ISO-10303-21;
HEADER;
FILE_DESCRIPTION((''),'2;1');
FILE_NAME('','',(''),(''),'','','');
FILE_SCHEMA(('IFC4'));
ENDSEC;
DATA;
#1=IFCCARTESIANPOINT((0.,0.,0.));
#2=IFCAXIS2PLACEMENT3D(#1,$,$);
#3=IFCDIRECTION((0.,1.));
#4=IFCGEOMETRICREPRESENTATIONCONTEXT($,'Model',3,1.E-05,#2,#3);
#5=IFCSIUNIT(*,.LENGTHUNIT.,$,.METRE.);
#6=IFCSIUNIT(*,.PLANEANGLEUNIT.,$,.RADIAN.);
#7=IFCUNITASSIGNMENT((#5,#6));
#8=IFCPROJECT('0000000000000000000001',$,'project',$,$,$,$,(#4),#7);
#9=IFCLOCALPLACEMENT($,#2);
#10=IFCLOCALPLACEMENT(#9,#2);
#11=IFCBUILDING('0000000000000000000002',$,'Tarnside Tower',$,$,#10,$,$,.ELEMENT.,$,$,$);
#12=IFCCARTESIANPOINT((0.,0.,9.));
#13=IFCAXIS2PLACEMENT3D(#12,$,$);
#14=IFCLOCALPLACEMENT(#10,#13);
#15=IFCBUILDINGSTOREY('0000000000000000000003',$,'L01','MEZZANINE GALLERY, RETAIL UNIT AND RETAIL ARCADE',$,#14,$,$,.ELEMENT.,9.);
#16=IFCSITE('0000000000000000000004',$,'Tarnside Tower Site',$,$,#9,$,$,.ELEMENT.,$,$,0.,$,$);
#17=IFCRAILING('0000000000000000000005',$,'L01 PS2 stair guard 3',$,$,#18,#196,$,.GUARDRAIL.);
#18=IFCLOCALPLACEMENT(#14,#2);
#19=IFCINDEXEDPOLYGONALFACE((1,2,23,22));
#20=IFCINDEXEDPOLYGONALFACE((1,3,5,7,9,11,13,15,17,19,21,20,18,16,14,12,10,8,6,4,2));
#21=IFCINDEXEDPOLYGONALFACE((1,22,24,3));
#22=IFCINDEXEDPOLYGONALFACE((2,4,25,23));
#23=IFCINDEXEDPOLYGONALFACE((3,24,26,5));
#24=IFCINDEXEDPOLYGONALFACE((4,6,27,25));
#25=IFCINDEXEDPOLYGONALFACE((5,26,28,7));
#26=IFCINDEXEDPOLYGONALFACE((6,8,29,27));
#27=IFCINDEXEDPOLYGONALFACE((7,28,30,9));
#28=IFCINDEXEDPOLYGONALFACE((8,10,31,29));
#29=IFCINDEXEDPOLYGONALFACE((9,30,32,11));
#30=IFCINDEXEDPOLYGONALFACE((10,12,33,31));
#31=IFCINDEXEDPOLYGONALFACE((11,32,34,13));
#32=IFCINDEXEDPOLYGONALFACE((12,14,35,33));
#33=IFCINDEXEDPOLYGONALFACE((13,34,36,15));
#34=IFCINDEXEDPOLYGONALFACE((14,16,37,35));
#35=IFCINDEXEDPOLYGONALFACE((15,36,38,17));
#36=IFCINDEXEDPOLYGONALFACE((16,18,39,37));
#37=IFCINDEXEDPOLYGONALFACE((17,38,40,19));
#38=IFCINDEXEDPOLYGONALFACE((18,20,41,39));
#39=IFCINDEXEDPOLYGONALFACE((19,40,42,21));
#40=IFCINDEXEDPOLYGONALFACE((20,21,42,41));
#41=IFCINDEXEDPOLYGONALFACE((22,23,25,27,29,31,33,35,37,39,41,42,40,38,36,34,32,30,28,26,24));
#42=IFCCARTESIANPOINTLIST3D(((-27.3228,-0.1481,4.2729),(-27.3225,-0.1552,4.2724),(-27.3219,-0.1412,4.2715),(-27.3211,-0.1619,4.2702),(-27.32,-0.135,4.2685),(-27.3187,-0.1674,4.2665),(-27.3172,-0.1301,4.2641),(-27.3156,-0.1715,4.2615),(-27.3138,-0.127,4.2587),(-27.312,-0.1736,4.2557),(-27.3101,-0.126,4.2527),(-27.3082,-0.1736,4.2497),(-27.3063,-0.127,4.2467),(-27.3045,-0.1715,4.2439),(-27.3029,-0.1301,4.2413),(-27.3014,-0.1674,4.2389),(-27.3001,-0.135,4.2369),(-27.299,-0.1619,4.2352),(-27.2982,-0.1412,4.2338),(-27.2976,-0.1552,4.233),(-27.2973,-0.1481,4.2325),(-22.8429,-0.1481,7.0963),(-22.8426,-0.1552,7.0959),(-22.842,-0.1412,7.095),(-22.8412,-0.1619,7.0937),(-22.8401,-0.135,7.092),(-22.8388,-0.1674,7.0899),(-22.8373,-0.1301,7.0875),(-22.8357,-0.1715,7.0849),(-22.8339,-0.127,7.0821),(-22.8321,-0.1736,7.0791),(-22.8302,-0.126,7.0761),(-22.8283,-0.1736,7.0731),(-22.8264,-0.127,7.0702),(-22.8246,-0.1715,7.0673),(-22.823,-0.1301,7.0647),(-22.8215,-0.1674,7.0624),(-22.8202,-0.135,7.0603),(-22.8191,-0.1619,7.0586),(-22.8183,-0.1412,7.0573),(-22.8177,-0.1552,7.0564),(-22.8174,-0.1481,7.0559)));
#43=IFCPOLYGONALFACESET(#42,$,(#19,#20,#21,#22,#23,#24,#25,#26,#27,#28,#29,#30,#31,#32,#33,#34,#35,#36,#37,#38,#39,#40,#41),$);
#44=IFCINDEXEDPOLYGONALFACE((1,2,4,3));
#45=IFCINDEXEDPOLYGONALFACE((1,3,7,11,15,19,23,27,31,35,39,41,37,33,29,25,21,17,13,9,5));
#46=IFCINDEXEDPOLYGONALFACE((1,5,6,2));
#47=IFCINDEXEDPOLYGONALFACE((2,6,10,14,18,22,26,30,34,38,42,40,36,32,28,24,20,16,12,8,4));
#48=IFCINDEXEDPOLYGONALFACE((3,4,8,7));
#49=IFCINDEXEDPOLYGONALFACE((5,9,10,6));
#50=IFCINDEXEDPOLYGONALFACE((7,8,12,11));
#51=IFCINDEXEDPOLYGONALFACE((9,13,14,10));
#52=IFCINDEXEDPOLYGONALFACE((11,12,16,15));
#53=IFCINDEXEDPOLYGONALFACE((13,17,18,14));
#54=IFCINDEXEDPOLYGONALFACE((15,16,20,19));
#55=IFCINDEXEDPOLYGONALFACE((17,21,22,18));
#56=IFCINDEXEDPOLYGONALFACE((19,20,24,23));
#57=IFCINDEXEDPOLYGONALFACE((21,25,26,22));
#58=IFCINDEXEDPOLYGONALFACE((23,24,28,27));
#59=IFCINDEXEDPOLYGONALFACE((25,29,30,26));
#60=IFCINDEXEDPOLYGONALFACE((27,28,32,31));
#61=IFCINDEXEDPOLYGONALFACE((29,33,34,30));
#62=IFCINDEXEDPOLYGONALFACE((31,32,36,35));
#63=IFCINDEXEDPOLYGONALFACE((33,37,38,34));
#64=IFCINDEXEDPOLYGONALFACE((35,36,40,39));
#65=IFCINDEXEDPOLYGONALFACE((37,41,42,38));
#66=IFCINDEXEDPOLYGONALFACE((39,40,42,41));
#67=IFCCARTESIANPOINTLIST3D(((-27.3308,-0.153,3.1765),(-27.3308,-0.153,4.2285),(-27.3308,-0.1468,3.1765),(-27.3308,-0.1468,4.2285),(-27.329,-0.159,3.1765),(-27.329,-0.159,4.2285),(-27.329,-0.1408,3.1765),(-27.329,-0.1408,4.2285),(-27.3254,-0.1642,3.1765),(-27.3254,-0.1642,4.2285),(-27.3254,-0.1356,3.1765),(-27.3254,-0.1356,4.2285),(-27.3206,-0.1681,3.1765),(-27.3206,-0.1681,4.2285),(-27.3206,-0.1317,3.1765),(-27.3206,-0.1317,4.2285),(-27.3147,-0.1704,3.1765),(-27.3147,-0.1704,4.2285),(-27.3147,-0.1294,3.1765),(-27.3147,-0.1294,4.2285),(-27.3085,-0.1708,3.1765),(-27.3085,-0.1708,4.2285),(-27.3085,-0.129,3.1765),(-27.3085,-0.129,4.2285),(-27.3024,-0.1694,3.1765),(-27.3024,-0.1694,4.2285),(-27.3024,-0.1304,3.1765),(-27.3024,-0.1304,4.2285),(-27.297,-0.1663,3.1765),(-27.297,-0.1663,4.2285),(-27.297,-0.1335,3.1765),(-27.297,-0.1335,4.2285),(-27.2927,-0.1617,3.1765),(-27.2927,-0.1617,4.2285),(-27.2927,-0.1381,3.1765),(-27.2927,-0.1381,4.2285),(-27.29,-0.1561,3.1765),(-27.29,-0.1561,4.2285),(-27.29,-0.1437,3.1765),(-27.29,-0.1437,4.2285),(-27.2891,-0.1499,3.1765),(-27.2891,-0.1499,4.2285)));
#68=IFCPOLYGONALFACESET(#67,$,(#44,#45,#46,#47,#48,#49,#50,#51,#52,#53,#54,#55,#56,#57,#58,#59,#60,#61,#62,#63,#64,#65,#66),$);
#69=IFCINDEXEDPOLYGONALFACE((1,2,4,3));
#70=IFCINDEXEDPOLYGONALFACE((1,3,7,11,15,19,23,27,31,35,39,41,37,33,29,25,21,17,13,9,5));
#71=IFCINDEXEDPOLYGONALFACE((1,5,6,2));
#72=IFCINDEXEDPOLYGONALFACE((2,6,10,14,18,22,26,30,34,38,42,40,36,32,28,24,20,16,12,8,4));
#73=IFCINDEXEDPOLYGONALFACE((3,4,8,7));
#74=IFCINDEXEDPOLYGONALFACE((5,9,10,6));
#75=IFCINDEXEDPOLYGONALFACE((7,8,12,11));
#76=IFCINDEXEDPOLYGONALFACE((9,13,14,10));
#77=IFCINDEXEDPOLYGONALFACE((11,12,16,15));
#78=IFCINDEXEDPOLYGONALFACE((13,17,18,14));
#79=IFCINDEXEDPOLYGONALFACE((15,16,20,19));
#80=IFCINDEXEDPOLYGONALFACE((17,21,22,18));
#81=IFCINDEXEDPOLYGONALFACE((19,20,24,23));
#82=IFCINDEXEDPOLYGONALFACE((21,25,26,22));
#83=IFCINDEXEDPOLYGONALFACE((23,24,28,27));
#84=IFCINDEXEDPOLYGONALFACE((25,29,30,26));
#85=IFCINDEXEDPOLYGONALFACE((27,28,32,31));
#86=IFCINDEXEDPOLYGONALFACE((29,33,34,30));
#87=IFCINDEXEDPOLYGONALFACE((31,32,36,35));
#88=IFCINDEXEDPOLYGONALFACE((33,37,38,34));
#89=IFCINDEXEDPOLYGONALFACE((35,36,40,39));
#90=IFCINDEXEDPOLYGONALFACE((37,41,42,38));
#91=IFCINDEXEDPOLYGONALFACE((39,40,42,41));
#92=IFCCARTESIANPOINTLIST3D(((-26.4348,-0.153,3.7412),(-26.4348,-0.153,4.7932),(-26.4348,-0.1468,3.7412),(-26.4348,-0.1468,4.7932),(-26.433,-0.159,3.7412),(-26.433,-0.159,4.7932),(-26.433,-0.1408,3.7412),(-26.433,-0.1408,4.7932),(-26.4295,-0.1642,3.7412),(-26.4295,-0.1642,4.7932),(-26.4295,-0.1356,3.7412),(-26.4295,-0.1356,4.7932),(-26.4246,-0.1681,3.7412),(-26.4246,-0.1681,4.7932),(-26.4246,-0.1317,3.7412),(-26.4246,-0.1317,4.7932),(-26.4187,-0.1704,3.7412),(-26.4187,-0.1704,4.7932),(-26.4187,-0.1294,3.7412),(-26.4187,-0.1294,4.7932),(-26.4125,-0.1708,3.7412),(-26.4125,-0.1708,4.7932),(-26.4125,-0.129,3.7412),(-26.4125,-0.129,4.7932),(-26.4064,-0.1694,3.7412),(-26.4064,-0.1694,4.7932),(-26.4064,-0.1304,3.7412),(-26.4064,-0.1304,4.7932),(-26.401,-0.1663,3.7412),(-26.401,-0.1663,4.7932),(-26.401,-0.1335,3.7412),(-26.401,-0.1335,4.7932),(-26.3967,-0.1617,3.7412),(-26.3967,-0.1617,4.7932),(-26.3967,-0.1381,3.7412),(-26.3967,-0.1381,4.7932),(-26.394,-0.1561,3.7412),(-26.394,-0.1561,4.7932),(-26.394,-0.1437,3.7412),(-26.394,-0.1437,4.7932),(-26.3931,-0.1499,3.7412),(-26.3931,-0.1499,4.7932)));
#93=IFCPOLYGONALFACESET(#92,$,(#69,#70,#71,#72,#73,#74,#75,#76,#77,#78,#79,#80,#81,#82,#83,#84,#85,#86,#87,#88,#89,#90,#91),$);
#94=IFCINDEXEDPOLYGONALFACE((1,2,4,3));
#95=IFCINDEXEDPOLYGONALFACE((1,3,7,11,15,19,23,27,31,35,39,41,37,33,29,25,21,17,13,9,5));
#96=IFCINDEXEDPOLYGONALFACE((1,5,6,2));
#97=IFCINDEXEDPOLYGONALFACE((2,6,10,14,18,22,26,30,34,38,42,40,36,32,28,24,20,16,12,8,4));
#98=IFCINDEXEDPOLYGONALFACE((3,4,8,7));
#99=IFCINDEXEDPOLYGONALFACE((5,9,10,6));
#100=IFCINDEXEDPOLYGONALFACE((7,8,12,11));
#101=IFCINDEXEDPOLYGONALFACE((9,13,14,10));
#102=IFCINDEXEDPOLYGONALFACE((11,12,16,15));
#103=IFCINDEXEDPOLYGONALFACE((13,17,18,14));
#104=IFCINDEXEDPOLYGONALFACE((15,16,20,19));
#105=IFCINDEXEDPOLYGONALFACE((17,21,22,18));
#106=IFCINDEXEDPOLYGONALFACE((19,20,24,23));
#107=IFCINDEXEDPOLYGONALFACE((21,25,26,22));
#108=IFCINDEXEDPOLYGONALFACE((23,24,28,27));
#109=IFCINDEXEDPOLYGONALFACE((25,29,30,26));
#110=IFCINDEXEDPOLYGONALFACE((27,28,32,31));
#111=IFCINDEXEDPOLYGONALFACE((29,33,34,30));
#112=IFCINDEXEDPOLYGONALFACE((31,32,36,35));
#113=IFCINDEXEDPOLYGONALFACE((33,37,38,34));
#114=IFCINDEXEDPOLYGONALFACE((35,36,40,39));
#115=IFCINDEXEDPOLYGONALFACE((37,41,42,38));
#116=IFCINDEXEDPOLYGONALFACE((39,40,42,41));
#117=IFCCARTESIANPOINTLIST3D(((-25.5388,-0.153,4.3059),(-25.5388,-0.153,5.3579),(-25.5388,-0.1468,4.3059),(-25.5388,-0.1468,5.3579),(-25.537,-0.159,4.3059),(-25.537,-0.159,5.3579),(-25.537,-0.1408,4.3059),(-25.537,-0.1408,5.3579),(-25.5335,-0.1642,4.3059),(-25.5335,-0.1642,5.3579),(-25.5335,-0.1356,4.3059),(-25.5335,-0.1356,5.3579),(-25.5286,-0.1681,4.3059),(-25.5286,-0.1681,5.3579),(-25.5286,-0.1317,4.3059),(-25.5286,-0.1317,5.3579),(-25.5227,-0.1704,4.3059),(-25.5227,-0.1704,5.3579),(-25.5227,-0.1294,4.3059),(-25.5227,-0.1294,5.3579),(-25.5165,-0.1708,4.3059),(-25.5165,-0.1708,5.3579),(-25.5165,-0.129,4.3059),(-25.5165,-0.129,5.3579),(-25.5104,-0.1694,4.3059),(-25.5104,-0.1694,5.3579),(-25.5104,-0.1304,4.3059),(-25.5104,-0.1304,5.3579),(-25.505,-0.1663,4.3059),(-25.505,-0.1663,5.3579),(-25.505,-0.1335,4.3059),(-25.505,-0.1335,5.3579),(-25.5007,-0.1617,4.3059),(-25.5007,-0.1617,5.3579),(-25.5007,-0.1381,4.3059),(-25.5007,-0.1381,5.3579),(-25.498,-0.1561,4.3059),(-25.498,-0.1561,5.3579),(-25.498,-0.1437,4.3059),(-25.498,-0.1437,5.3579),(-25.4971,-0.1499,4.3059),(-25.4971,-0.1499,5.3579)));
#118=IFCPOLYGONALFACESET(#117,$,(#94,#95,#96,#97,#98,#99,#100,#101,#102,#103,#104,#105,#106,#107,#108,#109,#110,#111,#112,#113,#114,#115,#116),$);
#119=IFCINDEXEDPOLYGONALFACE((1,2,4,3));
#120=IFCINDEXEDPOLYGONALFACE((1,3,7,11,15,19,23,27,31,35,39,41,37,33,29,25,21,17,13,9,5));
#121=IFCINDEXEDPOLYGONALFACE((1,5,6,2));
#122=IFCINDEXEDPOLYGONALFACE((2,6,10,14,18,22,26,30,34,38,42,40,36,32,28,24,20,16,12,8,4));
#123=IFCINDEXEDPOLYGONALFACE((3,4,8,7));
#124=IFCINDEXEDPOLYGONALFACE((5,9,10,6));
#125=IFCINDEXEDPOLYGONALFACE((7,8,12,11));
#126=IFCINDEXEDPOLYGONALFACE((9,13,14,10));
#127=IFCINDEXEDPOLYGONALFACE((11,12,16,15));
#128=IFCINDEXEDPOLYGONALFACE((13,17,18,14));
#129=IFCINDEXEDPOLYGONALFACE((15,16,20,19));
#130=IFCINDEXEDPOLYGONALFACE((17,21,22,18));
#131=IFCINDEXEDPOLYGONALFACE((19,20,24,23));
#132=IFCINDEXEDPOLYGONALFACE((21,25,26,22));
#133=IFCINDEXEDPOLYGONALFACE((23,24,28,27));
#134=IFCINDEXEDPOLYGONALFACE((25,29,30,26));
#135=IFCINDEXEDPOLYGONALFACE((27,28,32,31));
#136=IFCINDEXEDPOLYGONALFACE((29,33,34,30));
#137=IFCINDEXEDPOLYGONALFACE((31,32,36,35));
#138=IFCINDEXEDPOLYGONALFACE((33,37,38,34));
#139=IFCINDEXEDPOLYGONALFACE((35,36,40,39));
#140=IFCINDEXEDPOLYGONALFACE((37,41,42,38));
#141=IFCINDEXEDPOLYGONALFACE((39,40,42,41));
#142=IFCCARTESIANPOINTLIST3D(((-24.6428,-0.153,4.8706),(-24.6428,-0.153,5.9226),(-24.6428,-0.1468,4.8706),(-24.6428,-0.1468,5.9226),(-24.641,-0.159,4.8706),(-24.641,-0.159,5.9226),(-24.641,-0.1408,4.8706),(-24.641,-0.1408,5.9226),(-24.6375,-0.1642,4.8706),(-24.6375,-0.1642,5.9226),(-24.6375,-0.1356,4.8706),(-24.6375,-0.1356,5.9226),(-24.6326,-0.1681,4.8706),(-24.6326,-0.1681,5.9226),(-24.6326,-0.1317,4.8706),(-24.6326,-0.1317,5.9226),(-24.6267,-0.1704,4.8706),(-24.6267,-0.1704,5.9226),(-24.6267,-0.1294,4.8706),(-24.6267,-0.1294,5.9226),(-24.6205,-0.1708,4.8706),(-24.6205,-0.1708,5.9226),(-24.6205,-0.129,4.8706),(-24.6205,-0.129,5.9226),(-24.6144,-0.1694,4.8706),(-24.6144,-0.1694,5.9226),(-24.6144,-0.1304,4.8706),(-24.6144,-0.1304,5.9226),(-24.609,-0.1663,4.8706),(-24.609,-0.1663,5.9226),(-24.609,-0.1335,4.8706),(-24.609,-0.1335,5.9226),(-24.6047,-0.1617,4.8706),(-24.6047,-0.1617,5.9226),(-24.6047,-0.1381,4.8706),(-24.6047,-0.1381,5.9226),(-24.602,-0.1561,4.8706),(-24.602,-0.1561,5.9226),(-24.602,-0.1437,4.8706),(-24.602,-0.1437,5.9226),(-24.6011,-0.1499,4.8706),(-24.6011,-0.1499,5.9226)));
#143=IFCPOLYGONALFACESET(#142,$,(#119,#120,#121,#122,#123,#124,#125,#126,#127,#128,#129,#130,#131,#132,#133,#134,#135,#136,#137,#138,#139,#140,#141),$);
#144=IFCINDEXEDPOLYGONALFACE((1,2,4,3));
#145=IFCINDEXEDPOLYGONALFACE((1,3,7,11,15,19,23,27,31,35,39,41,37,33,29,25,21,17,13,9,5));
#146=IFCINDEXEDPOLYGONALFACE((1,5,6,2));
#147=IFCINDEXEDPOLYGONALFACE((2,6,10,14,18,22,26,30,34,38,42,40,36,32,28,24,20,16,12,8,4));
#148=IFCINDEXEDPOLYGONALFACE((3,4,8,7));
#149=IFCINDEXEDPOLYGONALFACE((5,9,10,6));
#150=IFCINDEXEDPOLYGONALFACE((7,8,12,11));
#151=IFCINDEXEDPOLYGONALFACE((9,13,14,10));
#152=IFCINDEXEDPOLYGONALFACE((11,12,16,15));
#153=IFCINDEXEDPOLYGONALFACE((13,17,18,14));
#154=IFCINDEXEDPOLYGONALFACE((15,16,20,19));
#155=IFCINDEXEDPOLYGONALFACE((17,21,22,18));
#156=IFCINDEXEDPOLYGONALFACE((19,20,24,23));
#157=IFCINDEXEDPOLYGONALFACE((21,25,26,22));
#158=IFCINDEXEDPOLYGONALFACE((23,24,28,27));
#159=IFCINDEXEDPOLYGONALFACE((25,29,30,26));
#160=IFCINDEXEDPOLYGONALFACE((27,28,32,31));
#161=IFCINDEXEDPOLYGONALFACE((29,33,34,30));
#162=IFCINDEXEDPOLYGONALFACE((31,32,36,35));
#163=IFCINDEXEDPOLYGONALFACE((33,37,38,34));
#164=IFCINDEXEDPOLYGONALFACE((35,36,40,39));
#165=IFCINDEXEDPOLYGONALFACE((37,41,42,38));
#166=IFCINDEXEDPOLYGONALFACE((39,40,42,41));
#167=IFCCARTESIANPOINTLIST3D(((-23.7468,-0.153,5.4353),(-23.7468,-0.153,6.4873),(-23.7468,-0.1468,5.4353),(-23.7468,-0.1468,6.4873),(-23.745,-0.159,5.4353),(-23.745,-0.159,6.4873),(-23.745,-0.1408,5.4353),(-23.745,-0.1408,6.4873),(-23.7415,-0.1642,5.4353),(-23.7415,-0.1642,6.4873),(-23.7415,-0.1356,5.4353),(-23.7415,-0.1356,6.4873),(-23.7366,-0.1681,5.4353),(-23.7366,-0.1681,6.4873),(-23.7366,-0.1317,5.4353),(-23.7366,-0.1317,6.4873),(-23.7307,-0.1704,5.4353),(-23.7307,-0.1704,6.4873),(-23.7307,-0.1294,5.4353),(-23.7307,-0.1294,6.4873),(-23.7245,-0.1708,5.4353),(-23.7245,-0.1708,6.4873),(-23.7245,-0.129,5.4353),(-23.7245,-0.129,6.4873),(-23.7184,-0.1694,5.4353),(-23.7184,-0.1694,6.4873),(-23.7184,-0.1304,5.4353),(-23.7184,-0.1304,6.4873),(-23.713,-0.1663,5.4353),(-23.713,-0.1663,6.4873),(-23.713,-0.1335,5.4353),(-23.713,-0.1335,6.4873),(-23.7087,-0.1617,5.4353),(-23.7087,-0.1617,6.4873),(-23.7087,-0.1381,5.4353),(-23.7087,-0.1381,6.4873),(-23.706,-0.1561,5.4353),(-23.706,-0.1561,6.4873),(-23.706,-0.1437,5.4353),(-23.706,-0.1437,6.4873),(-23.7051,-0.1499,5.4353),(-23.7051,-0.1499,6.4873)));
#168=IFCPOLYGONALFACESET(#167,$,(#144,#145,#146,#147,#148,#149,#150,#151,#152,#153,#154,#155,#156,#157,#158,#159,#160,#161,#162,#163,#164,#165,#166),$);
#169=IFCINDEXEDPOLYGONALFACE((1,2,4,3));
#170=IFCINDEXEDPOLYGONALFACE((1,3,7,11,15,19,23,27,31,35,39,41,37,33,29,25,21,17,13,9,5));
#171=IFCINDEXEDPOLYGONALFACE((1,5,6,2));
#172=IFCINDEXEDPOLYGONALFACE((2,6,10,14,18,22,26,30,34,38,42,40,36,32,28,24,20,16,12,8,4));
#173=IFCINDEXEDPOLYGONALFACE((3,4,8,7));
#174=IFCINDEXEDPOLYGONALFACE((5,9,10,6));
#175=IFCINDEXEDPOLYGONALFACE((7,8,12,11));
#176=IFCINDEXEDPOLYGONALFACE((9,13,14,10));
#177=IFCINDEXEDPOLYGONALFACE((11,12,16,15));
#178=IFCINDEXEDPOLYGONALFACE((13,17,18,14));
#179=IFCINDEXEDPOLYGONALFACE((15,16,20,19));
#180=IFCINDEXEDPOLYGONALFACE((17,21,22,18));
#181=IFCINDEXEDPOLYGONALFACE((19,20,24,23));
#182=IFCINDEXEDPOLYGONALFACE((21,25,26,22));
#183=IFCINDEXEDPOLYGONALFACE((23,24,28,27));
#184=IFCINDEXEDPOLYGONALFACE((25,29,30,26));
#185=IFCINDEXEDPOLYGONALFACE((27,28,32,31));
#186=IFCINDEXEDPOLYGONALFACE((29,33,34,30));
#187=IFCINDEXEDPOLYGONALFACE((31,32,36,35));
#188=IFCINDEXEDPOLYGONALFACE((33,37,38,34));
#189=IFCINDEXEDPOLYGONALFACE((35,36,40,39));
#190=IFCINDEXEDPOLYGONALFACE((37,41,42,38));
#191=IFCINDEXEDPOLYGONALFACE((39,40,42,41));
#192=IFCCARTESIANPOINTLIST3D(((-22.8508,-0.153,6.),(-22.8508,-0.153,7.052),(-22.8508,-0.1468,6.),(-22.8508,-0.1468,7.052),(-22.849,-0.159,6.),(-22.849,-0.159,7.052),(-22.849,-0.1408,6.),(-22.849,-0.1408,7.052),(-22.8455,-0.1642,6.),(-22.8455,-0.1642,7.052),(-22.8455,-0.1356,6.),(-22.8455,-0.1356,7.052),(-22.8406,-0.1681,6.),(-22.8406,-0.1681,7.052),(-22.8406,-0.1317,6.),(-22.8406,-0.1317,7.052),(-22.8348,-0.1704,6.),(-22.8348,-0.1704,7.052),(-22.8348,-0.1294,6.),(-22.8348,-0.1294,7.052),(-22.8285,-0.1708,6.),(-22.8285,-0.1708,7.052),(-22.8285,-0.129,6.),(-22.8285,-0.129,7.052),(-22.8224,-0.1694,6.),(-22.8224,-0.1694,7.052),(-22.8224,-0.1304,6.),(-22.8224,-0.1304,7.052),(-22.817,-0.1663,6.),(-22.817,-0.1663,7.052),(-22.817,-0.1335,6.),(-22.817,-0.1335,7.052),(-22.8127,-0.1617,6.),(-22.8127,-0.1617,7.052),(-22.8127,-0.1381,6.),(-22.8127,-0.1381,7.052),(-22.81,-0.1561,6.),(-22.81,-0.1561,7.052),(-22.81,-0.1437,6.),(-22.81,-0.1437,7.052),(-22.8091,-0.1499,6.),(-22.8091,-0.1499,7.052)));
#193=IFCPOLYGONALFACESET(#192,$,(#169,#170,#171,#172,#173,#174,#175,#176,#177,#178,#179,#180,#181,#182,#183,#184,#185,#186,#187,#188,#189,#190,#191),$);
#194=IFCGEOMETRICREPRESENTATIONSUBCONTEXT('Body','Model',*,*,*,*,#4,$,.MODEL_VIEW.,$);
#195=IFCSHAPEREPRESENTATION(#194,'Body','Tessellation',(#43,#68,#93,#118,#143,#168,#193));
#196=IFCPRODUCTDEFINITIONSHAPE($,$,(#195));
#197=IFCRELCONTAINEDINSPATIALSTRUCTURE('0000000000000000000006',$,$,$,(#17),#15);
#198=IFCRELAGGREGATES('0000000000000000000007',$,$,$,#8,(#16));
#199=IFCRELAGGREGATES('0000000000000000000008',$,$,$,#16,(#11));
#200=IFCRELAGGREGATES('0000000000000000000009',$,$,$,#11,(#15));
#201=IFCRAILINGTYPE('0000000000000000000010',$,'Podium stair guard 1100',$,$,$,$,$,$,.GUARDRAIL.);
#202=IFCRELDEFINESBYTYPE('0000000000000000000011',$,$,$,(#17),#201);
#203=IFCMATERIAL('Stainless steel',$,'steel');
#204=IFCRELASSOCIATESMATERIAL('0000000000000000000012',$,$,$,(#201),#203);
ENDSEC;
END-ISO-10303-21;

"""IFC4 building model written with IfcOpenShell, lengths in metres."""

from ifc_helpers import new_model, si_unit, direction, frame, origin, origin_2d, place, context, subcontext, project, spatial, circle, extrude, material, type_object, element, save


model = new_model("IFC4")

# Units and contexts
model_context = context("Model", 3, precision=1e-05, world=origin(), true_north=direction((0.0, 1.0)))
body_context = subcontext(model_context, "Body", "Model", "MODEL_VIEW")
ifc_project = project(units=[si_unit("LENGTHUNIT", "METRE"), si_unit("PLANEANGLEUNIT", "RADIAN")], contexts=[model_context])

# Site, building, storey
site_placement = place(None, origin())
site = spatial("IfcSite", under=ifc_project, at=site_placement, Name="Tarnside Tower Site", CompositionType="ELEMENT", RefElevation=0.0)
building_placement = place(site_placement, origin())
building = spatial("IfcBuilding", under=site, at=building_placement, Name="Tarnside Tower", CompositionType="ELEMENT")
storey_placement = place(building_placement, frame((0.0, 0.0, 9.0)))
storey = spatial("IfcBuildingStorey", under=building, at=storey_placement, Name="L01", Description="MEZZANINE GALLERY, RETAIL UNIT AND RETAIL ARCADE", CompositionType="ELEMENT", Elevation=9.0)

# Railing
ifc_material_1 = material(Name="Stainless steel", Category="steel")
railing_type_1 = type_object("IfcRailingType", Name="Podium stair guard 1100", PredefinedType="GUARDRAIL", material=ifc_material_1)
railing_1_placement = place(storey_placement, frame((-27.3101, -0.1499, 3.1765)))
element("IfcRailing", 1, at=railing_1_placement, inside=storey, type_object=railing_type_1, Name="L01 PS2 stair guard 3", PredefinedType="GUARDRAIL", context=body_context, shape_type="SweptSolid", body=[
    extrude(circle(Radius=0.0239, at=origin_2d()), frame((0.0, 0.0, 1.0762), z_axis=(0.845998, 0.0, 0.533186), x_axis=(0.0, 1.0, 0.0)), (0.0, 0.0, 1.0), 5.2954),
    extrude(circle(Radius=0.021, at=origin_2d()), origin(), (0.0, 0.0, 1.0), 1.052),
    extrude(circle(Radius=0.021, at=origin_2d()), frame((0.896, 0.0, 0.5647)), (0.0, 0.0, 1.0), 1.052),
    extrude(circle(Radius=0.021, at=origin_2d()), frame((1.792, 0.0, 1.1294)), (0.0, 0.0, 1.0), 1.052),
    extrude(circle(Radius=0.021, at=origin_2d()), frame((2.688, 0.0, 1.6941)), (0.0, 0.0, 1.0), 1.052),
    extrude(circle(Radius=0.021, at=origin_2d()), frame((3.584, 0.0, 2.2588)), (0.0, 0.0, 1.0), 1.052),
    extrude(circle(Radius=0.021, at=origin_2d()), frame((4.48, 0.0, 2.8235)), (0.0, 0.0, 1.0), 1.052),
])

save(model, "model.ifc")
